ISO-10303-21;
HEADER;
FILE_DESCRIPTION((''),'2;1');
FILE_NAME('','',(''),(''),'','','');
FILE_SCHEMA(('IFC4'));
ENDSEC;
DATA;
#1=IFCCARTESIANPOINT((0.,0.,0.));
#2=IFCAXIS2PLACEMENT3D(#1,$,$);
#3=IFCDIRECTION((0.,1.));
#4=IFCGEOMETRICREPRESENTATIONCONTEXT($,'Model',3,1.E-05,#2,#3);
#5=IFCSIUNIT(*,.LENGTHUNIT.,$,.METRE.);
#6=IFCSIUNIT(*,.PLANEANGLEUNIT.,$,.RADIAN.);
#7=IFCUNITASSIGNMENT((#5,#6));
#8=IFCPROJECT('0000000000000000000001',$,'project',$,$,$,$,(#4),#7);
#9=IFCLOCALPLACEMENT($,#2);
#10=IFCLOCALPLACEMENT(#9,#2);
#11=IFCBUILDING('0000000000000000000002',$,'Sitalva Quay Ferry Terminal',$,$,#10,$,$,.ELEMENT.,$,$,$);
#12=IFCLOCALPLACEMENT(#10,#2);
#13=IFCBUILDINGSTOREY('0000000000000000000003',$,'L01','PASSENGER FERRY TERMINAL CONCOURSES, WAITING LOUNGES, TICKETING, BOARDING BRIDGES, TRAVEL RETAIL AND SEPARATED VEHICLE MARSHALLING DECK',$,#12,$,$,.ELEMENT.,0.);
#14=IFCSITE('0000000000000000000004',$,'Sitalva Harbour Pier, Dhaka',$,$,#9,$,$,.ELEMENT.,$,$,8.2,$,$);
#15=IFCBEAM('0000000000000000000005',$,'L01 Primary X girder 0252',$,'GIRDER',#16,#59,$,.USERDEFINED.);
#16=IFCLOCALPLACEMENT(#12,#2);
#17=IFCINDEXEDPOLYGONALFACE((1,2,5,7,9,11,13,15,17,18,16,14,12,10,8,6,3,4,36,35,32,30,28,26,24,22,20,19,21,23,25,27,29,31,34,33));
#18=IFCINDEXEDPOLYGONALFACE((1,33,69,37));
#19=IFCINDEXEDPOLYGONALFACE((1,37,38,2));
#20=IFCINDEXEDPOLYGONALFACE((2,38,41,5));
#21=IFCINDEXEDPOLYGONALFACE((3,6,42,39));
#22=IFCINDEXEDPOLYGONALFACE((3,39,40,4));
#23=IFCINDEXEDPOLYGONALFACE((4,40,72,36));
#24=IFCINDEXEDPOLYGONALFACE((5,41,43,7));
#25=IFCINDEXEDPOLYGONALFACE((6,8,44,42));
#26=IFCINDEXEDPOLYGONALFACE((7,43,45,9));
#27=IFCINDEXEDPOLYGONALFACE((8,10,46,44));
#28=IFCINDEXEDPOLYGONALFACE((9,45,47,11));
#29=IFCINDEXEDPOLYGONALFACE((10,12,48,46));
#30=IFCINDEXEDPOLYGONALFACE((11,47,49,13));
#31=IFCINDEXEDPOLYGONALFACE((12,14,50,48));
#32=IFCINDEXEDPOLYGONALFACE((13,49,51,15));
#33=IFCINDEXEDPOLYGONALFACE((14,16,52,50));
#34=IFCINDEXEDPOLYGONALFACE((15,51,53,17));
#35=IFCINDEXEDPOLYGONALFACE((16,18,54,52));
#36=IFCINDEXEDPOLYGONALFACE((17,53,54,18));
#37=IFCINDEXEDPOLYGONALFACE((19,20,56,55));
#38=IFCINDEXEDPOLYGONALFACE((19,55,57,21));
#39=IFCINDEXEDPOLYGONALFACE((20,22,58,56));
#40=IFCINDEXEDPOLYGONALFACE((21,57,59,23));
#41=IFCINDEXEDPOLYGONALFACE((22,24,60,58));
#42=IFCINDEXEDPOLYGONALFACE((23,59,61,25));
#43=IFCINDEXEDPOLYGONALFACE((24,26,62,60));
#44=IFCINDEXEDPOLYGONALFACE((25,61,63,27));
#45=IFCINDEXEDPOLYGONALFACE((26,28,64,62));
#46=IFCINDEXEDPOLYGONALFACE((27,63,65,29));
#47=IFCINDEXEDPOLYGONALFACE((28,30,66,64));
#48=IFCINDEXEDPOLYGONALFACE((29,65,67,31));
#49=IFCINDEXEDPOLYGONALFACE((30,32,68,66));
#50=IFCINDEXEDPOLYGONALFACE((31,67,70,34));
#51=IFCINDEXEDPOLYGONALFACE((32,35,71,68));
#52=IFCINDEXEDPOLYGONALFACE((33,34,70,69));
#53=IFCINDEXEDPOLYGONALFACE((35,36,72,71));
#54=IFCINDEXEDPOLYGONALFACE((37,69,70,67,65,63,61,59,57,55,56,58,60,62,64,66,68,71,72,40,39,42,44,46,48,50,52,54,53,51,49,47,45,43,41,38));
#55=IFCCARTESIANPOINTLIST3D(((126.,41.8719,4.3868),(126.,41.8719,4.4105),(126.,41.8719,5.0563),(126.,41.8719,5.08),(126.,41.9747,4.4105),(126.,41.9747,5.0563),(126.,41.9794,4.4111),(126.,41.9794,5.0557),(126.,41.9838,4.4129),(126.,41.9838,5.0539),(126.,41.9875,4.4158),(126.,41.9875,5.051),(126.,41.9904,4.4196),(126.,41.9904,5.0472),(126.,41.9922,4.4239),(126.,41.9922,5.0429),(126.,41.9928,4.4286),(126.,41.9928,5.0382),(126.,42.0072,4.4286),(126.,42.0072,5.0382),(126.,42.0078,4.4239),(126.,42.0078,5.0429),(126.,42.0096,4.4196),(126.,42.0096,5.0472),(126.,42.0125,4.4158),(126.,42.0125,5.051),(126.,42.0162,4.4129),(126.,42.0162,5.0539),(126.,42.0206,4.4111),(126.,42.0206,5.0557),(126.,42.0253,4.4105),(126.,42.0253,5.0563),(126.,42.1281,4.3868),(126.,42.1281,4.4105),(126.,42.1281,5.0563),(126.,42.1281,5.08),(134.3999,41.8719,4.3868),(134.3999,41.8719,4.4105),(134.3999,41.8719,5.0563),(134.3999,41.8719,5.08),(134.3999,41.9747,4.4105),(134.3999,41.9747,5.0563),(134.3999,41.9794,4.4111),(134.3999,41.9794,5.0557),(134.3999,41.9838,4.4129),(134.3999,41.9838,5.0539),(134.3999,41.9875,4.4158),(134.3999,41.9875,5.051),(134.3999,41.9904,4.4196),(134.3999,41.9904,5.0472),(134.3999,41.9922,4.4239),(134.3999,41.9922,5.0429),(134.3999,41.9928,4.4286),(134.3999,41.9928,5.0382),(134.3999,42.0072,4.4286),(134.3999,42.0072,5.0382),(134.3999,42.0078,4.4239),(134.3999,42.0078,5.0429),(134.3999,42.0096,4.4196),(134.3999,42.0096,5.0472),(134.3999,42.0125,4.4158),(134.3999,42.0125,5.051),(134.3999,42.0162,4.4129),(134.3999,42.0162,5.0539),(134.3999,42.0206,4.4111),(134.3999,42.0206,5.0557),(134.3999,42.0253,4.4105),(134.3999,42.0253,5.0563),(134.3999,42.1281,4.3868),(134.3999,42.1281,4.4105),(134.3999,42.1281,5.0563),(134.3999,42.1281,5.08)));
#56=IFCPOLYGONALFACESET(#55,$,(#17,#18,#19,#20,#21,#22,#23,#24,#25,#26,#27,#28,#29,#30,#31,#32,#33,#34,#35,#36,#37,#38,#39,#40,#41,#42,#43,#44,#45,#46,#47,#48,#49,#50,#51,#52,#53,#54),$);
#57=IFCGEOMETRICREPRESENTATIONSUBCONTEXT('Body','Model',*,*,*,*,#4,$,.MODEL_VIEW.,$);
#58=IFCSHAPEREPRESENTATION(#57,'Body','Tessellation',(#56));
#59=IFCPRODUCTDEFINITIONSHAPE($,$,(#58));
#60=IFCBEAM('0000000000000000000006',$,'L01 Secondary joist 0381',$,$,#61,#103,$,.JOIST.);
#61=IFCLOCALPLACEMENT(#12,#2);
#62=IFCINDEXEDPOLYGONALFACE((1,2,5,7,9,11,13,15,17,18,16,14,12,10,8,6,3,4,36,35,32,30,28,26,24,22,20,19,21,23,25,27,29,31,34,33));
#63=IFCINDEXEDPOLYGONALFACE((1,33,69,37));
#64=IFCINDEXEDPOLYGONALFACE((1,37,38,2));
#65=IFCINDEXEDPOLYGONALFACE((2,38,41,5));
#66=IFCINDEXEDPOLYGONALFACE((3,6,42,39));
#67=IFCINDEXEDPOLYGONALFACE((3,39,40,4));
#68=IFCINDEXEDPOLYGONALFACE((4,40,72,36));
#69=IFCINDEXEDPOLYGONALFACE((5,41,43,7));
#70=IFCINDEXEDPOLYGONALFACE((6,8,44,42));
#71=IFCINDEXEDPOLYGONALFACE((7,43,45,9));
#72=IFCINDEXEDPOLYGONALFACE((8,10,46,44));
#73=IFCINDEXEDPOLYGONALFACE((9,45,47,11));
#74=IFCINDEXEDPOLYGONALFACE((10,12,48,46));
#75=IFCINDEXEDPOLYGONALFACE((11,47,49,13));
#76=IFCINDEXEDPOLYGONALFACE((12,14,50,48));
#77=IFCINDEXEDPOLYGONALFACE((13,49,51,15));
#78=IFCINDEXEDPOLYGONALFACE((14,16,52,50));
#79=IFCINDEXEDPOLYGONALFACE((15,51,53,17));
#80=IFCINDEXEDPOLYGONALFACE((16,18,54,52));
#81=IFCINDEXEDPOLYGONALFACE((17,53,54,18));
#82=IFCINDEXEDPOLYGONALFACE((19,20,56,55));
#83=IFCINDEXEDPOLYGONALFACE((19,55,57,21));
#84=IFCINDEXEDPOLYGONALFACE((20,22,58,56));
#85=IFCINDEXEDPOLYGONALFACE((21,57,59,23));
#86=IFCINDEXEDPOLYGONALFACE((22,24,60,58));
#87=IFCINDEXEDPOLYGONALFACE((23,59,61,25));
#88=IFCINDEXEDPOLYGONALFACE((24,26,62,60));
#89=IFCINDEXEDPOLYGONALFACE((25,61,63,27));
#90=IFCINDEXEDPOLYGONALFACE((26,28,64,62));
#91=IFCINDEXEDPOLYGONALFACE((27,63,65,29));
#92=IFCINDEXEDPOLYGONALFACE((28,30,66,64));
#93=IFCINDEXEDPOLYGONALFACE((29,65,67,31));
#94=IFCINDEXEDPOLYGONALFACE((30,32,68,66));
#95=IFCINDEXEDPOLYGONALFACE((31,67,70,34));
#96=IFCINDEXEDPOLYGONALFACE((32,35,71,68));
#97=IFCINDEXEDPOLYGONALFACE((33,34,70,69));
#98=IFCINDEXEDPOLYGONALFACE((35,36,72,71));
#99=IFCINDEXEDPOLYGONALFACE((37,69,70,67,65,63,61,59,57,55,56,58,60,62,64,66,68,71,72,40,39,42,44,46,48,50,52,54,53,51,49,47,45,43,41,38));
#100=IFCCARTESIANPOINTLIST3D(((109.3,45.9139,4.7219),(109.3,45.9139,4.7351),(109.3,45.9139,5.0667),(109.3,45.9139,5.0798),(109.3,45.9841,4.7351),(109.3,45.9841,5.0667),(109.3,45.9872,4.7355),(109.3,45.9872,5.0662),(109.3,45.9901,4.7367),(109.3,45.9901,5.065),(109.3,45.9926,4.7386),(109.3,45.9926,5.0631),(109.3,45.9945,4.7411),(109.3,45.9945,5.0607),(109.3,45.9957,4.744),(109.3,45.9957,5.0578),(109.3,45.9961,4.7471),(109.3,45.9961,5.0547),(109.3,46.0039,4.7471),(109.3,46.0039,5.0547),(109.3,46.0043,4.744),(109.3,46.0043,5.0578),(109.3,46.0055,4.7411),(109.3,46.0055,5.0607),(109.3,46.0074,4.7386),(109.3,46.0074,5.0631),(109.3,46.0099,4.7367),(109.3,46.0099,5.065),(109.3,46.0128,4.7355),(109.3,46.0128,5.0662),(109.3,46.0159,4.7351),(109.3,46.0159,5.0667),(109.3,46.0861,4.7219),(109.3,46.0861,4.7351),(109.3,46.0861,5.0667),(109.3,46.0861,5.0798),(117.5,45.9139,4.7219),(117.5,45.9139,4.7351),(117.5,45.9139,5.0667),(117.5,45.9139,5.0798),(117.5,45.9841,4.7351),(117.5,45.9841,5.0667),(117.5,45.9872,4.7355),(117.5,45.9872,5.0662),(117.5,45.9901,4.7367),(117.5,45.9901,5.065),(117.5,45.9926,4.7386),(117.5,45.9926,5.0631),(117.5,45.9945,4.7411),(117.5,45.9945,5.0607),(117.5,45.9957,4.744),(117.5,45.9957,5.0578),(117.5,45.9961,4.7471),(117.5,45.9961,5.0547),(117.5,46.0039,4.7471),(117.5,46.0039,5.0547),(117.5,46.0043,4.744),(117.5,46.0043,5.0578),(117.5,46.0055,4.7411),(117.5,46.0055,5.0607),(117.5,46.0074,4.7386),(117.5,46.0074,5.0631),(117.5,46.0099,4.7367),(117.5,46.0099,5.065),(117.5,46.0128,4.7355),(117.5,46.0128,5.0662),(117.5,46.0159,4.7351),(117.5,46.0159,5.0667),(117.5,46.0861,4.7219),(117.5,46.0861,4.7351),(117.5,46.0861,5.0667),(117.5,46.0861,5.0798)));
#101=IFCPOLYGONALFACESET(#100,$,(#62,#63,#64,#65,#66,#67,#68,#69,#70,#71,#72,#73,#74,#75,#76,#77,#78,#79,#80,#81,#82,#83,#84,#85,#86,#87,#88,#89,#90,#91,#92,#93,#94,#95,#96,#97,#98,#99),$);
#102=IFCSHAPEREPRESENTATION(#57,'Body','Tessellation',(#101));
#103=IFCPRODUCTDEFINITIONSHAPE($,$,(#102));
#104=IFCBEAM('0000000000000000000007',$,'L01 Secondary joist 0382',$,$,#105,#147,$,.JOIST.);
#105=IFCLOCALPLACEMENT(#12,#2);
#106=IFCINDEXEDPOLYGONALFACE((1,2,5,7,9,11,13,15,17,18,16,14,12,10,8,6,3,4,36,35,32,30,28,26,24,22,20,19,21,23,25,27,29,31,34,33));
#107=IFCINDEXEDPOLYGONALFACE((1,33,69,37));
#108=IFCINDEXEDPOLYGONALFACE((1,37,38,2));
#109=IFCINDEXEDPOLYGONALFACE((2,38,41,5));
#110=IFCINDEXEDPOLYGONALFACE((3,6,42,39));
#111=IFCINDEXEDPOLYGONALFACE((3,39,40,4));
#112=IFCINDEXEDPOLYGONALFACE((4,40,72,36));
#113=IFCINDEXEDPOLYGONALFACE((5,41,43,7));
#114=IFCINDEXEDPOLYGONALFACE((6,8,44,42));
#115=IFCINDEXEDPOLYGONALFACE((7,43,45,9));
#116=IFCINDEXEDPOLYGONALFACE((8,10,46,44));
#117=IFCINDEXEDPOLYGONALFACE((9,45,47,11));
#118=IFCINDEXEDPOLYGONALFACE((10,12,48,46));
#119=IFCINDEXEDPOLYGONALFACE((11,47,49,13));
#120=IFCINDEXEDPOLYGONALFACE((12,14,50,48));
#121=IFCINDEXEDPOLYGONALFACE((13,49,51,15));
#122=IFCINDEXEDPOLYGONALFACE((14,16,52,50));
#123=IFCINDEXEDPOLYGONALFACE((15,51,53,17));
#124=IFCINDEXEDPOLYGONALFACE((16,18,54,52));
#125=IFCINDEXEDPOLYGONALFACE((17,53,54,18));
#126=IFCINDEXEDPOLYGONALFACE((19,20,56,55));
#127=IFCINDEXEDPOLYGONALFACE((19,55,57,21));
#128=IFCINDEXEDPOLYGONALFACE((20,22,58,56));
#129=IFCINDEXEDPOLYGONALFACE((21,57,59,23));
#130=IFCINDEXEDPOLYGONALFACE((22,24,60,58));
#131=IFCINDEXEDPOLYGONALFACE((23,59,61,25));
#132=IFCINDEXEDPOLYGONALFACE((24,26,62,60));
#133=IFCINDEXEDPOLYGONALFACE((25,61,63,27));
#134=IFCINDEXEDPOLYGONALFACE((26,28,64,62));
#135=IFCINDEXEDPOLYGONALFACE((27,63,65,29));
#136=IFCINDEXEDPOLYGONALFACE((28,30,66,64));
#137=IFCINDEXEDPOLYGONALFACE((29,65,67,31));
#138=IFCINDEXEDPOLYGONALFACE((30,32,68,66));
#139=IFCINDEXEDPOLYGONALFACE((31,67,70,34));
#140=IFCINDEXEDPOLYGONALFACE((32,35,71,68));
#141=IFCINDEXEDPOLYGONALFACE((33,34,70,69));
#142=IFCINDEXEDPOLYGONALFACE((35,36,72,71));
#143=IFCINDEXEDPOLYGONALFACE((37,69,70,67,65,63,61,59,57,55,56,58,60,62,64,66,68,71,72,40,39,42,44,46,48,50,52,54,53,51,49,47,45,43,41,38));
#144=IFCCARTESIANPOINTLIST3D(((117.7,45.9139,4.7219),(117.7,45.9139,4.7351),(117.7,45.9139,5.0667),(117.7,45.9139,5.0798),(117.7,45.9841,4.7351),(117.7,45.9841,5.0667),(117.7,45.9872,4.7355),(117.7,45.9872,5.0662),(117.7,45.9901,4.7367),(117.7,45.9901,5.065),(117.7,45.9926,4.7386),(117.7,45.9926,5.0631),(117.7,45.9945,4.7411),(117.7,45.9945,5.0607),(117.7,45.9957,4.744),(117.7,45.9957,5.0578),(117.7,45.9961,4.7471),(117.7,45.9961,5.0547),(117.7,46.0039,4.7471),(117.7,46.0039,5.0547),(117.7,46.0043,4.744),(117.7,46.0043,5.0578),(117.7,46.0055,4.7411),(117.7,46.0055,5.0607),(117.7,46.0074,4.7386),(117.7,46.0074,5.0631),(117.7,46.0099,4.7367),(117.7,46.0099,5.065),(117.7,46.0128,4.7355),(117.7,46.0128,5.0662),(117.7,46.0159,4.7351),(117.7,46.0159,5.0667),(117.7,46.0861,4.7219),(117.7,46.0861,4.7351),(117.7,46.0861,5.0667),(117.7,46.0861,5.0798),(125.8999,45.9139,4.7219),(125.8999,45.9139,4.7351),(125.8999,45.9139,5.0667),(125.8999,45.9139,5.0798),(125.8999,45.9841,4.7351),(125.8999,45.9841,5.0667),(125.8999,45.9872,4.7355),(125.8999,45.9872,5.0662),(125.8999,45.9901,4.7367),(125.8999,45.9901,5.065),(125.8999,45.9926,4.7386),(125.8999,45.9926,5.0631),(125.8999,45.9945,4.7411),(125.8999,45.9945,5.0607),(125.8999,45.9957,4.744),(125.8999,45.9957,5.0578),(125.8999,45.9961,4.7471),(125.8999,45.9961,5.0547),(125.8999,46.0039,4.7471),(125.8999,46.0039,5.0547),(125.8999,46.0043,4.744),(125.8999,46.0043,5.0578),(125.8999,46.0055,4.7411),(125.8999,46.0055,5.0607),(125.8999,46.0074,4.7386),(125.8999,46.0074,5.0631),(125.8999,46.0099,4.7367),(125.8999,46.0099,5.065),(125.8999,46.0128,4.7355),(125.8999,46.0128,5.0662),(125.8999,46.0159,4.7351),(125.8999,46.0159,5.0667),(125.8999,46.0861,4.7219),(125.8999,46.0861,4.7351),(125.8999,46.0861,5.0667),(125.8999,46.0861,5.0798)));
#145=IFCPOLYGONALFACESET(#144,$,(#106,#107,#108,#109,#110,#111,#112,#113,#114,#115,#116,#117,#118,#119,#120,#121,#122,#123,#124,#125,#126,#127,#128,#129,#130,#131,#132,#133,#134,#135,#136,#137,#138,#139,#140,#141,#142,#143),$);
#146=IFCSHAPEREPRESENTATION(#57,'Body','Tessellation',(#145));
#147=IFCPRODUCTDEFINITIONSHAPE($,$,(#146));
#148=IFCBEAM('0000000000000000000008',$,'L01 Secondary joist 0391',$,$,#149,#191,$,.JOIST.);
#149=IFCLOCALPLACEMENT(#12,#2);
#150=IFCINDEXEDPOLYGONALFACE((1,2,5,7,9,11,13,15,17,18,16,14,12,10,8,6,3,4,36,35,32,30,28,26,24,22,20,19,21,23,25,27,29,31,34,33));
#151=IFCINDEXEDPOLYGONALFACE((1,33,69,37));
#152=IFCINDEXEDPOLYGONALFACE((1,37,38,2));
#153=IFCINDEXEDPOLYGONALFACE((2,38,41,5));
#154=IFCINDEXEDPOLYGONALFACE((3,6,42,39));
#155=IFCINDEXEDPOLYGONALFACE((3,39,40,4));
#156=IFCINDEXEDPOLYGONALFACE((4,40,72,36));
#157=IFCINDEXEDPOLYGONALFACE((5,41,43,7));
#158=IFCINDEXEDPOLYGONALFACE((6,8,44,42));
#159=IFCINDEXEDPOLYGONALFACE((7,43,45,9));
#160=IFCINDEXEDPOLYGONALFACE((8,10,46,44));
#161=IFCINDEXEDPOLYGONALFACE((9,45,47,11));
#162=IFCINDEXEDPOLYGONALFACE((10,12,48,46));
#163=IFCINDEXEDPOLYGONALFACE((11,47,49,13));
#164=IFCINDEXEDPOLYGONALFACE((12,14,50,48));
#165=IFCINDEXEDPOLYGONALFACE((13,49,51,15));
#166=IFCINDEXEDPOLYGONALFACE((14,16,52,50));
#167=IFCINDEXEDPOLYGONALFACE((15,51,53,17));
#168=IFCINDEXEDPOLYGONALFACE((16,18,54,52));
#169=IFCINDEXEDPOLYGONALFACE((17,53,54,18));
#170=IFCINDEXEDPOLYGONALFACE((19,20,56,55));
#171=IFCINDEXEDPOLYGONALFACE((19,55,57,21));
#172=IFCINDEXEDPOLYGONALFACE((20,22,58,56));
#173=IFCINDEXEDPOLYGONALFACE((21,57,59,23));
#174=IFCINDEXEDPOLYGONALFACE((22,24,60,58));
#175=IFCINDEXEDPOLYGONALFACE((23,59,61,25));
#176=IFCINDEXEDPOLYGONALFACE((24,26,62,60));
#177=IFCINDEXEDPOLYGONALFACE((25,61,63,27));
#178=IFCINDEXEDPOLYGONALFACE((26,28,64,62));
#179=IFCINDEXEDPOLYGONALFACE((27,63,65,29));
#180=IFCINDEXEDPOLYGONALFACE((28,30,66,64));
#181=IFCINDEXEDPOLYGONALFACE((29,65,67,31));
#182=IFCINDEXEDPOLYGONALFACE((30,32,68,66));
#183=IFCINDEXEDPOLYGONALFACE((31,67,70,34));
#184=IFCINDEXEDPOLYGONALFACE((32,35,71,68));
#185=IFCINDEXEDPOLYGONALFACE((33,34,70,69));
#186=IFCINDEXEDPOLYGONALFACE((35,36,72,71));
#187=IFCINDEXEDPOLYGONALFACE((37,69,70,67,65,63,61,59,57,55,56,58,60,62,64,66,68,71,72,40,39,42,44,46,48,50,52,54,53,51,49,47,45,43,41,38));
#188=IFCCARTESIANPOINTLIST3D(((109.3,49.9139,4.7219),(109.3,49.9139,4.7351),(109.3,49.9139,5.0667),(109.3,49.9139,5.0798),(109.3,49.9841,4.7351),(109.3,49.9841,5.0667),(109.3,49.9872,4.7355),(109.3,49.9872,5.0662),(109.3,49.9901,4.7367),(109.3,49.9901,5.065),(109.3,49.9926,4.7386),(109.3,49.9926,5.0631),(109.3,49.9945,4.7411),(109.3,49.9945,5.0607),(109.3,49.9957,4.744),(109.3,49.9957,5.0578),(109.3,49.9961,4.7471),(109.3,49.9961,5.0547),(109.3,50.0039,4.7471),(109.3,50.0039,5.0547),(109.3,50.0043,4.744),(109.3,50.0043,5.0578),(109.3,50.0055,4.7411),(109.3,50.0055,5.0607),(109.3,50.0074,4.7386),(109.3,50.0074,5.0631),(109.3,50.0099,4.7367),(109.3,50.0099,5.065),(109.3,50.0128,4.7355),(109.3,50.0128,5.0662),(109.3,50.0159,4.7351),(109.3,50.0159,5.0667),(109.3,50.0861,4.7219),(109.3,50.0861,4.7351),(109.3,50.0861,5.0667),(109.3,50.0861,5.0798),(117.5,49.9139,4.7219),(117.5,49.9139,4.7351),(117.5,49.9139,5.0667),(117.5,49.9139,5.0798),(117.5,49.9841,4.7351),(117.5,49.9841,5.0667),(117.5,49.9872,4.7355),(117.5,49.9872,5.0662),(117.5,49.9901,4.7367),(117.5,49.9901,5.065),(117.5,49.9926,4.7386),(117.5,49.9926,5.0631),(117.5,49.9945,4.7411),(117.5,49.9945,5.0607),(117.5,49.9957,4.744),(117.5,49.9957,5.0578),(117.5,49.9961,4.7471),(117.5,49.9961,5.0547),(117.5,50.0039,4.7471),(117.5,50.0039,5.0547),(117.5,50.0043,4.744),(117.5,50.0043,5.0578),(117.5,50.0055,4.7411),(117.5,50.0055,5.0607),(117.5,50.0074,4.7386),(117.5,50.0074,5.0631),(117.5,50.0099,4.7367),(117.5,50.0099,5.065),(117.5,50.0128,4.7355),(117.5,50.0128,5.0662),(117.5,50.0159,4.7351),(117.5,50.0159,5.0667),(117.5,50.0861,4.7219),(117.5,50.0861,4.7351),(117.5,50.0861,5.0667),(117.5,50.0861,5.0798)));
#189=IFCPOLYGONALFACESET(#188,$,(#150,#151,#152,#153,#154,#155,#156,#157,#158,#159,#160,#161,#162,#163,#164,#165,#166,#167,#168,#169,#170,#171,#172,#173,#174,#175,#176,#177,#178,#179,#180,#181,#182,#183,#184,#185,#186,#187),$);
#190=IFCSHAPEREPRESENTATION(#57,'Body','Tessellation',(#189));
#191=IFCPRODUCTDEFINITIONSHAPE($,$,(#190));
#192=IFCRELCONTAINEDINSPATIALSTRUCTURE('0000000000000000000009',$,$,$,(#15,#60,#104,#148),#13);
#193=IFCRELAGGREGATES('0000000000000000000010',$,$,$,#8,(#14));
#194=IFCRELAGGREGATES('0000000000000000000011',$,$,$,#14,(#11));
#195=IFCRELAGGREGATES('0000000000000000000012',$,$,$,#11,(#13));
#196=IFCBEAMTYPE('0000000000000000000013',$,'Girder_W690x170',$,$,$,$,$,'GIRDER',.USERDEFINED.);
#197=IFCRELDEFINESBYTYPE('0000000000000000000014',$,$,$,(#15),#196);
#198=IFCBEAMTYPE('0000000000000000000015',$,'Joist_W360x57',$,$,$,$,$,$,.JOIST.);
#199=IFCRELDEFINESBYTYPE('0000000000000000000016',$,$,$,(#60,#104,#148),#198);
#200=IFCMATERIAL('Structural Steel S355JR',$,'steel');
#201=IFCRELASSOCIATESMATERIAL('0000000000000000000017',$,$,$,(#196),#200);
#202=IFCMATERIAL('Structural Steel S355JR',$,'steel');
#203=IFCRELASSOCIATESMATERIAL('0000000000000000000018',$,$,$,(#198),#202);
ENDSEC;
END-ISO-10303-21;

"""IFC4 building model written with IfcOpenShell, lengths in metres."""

from ifc_helpers import new_model, si_unit, direction, frame, origin, origin_2d, place, context, subcontext, project, spatial, i_section, extrude, material, material_profile, profile_set, type_object, element, save


model = new_model("IFC4")

# Units and contexts
model_context = context("Model", 3, precision=1e-05, world=origin(), true_north=direction((0.0, 1.0)))
body_context = subcontext(model_context, "Body", "Model", "MODEL_VIEW")
ifc_project = project(units=[si_unit("LENGTHUNIT", "METRE"), si_unit("PLANEANGLEUNIT", "RADIAN")], contexts=[model_context])

# Site, building, storey
site_placement = place(None, origin())
site = spatial("IfcSite", under=ifc_project, at=site_placement, Name="Sitalva Harbour Pier, Dhaka", CompositionType="ELEMENT", RefElevation=8.2)
building_placement = place(site_placement, origin())
building = spatial("IfcBuilding", under=site, at=building_placement, Name="Sitalva Quay Ferry Terminal", CompositionType="ELEMENT")
storey_placement = place(building_placement, origin())
storey = spatial("IfcBuildingStorey", under=building, at=storey_placement, Name="L01", Description="PASSENGER FERRY TERMINAL CONCOURSES, WAITING LOUNGES, TICKETING, BOARDING BRIDGES, TRAVEL RETAIL AND SEPARATED VEHICLE MARSHALLING DECK", CompositionType="ELEMENT", Elevation=0.0)

# Beams
ifc_material_1 = material(Name="Structural Steel S355JR", Category="steel")
ifc_material_profile_1 = material_profile(ifc_material_1, i_section(OverallWidth=0.2561, OverallDepth=0.6931, WebThickness=0.0144, FlangeThickness=0.0237, FilletRadius=0.0181, at=origin_2d()), Name="W690x170")
ifc_profile_set_1 = profile_set([ifc_material_profile_1], Name="Structural Steel S355JR")
beam_type_1 = type_object("IfcBeamType", Name="Girder_W690x170", ElementType="GIRDER", PredefinedType="USERDEFINED", material=ifc_profile_set_1)
beam_placement = place(storey_placement, frame((126.0, 42.0, 4.7334), z_axis=(1.0, 0.0, 0.0), x_axis=(0.0, 1.0, 0.0)))
element("IfcBeam", 1, at=beam_placement, inside=storey, type_object=beam_type_1, Name="L01 Primary X girder 0252", ObjectType="GIRDER", PredefinedType="USERDEFINED", context=body_context, shape_type="SweptSolid", body=[
    extrude(i_section(OverallWidth=0.2561, OverallDepth=0.6931, WebThickness=0.0144, FlangeThickness=0.0237, FilletRadius=0.0181, at=origin_2d()), origin(), (0.0, 0.0, 1.0), 8.3999),
])
ifc_material_2 = material(Name="Structural Steel S355JR", Category="steel")
ifc_material_profile_2 = material_profile(ifc_material_2, i_section(OverallWidth=0.1721, OverallDepth=0.3579, WebThickness=0.0078, FlangeThickness=0.0132, FilletRadius=0.012, at=origin_2d()), Name="W360x57")
ifc_profile_set_2 = profile_set([ifc_material_profile_2], Name="Structural Steel S355JR")
beam_type_2 = type_object("IfcBeamType", Name="Joist_W360x57", PredefinedType="JOIST", material=ifc_profile_set_2)
for number, where, z_axis, x_axis, name in (
    (2, (109.3, 46.0, 4.9009), (1.0, 0.0, 0.0), (0.0, 1.0, 0.0), "L01 Secondary joist 0381"),
    (3, (117.7, 46.0, 4.9009), (1.0, 0.0, 0.0), (0.0, 1.0, 0.0), "L01 Secondary joist 0382"),
    (4, (109.3, 50.0, 4.9009), (1.0, 0.0, 0.0), (0.0, 1.0, 0.0), "L01 Secondary joist 0391"),
):
    element("IfcBeam", number, at=place(storey_placement, frame(where, z_axis=z_axis, x_axis=x_axis)), inside=storey, type_object=beam_type_2, Name=name, PredefinedType="JOIST", context=body_context, shape_type="SweptSolid", body=[
        extrude(i_section(OverallWidth=0.1721, OverallDepth=0.3579, WebThickness=0.0078, FlangeThickness=0.0132, FilletRadius=0.012, at=origin_2d()), origin(), (0.0, 0.0, 1.0), 8.2),
    ])

save(model, "model.ifc")
